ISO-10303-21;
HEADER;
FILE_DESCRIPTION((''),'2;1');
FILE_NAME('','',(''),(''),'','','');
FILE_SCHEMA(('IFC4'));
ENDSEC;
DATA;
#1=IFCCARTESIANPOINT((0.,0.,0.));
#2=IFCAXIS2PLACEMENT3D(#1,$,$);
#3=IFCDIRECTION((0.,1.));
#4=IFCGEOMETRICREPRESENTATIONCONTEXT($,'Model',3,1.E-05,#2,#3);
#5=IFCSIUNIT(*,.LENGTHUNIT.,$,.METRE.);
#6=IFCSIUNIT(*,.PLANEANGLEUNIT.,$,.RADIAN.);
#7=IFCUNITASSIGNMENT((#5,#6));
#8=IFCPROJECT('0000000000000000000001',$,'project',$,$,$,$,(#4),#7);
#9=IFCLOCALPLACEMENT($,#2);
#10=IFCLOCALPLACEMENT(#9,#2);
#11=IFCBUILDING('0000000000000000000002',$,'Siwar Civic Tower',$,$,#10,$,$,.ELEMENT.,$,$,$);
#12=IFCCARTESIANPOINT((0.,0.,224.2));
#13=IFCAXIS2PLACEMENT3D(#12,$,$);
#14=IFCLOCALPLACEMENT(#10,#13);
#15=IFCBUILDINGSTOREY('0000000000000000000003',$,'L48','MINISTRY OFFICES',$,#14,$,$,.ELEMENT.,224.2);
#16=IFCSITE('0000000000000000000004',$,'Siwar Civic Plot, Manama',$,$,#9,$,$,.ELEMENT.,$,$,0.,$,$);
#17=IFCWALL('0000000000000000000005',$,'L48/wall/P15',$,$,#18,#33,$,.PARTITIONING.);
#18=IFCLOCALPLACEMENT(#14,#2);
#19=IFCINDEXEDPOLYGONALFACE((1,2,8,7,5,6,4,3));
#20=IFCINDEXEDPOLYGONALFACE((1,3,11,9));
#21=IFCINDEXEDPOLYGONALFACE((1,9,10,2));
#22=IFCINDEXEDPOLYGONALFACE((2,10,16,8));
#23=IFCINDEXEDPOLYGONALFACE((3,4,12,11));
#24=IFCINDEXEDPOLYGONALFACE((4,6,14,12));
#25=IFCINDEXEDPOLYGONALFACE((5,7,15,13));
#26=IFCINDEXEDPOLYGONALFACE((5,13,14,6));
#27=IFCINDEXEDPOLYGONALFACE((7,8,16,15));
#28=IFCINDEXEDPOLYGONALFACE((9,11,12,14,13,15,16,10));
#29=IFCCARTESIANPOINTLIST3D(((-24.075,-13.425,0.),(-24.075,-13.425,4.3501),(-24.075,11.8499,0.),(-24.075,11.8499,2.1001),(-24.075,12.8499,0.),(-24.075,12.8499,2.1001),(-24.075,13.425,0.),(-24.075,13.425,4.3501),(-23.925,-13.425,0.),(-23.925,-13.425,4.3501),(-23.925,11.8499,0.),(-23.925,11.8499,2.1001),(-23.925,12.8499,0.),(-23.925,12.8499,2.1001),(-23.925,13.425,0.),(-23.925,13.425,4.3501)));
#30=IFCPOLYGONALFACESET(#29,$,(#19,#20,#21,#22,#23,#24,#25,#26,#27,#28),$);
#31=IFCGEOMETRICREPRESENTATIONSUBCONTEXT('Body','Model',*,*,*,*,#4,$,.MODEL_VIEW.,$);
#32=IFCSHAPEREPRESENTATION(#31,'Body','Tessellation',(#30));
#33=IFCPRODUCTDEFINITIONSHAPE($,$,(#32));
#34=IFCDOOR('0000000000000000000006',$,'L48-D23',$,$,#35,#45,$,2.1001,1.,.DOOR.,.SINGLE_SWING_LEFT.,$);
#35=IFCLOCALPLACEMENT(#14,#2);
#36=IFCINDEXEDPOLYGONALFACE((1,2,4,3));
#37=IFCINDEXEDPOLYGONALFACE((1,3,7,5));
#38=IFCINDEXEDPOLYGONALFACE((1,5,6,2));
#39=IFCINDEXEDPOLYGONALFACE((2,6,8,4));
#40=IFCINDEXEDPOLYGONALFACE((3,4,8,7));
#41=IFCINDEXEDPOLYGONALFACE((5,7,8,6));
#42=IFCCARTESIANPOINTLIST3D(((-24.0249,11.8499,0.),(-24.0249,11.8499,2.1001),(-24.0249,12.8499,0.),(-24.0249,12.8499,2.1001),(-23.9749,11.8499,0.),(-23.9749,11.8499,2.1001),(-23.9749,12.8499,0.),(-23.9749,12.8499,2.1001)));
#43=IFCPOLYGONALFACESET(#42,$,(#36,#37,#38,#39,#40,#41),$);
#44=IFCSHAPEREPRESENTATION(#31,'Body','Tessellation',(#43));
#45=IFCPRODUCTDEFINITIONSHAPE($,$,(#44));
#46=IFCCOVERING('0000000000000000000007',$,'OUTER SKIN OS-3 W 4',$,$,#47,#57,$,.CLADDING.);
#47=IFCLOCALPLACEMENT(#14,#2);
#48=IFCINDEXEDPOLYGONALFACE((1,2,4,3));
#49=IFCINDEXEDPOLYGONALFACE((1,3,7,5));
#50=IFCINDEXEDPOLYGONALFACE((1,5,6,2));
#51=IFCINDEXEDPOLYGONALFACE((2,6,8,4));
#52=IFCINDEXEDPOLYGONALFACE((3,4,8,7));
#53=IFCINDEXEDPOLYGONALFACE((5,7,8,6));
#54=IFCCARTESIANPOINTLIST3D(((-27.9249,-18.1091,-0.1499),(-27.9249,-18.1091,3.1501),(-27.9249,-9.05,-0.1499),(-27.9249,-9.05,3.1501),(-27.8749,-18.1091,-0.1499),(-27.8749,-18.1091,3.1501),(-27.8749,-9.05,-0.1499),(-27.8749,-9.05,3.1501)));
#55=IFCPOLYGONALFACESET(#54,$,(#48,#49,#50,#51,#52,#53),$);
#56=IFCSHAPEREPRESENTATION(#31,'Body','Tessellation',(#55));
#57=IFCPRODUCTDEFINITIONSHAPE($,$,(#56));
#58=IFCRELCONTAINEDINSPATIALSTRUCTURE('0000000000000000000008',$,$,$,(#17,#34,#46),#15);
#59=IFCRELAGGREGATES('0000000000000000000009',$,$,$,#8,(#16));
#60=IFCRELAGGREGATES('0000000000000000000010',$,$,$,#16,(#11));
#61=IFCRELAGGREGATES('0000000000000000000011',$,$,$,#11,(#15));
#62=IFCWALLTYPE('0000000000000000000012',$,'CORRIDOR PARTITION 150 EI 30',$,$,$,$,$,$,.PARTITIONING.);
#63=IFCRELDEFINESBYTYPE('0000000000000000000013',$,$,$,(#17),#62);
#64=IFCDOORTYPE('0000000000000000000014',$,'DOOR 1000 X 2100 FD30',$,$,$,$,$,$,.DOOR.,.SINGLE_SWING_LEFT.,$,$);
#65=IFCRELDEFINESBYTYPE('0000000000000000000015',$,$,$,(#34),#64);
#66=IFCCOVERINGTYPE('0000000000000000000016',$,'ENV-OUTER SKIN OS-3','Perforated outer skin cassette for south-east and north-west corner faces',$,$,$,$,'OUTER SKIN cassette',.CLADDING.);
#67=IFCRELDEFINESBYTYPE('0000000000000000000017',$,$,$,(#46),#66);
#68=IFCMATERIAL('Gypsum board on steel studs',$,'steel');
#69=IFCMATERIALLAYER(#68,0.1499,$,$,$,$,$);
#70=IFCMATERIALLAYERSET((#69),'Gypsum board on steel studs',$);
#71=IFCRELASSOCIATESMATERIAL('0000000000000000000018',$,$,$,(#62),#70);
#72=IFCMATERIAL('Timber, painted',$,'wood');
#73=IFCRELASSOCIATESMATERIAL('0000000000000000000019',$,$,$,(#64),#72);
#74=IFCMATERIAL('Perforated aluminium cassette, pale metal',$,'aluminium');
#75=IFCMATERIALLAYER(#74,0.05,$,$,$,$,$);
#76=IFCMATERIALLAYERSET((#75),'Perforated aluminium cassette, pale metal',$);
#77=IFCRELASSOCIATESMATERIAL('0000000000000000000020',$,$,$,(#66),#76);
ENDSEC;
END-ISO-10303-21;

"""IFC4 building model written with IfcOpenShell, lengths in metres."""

from ifc_helpers import new_model, si_unit, direction, frame, frame_2d, origin, origin_2d, place, context, subcontext, project, spatial, rectangle, extrude, material, layer, layer_set, type_object, element, fill, save


model = new_model("IFC4")

# Units and contexts
model_context = context("Model", 3, precision=1e-05, world=origin(), true_north=direction((0.0, 1.0)))
body_context = subcontext(model_context, "Body", "Model", "MODEL_VIEW")
ifc_project = project(units=[si_unit("LENGTHUNIT", "METRE"), si_unit("PLANEANGLEUNIT", "RADIAN")], contexts=[model_context])

# Site, building, storey
site_placement = place(None, origin())
site = spatial("IfcSite", under=ifc_project, at=site_placement, Name="Siwar Civic Plot, Manama", CompositionType="ELEMENT", RefElevation=0.0)
building_placement = place(site_placement, origin())
building = spatial("IfcBuilding", under=site, at=building_placement, Name="Siwar Civic Tower", CompositionType="ELEMENT")
storey_placement = place(building_placement, frame((0.0, 0.0, 224.2)))
storey = spatial("IfcBuildingStorey", under=building, at=storey_placement, Name="L48", Description="MINISTRY OFFICES", CompositionType="ELEMENT", Elevation=224.2)

# Shared definitions
ifc_material_1 = material(Name="Gypsum board on steel studs", Category="steel")
ifc_layer_1 = layer(ifc_material_1, 0.1499)
ifc_layer_set_1 = layer_set([ifc_layer_1], Name="Gypsum board on steel studs")
wall_type_1 = type_object("IfcWallType", Name="CORRIDOR PARTITION 150 EI 30", PredefinedType="PARTITIONING", material=ifc_layer_set_1)
ifc_material_2 = material(Name="Timber, painted", Category="wood")
door_type_1 = type_object("IfcDoorType", Name="DOOR 1000 X 2100 FD30", OperationType="SINGLE_SWING_LEFT", PredefinedType="DOOR", material=ifc_material_2)

# Wall, opening, door
wall_1_placement = place(storey_placement, frame((-24.0, -13.425, 0.0), z_axis=(0.0, 0.0, 1.0), x_axis=(0.0, 1.0, 0.0)))
wall_1 = element("IfcWall", 1, at=wall_1_placement, inside=storey, type_object=wall_type_1, Name="L48/wall/P15", PredefinedType="PARTITIONING", context=body_context, shape_type="SweptSolid", body=[
    extrude(rectangle(XDim=26.8501, YDim=0.1499, at=frame_2d((13.425, 0.0))), origin(), (0.0, 0.0, 1.0), 4.3501),
])
opening_1_placement = place(wall_1_placement, frame((25.2749, 0.0, 0.0)))
opening_1 = element("IfcOpeningElement", 2, at=opening_1_placement, cuts=wall_1, PredefinedType="OPENING", context=body_context, shape_type="SweptSolid", body=[
    extrude(rectangle(XDim=1.0, YDim=2.1001, at=frame_2d((0.5, 1.05))), frame((0.0, 0.085, 0.0), z_axis=(0.0, -1.0, 0.0), x_axis=(1.0, 0.0, 0.0)), (0.0, 0.0, 1.0), 0.1699),
])
door_1_placement = place(opening_1_placement, origin())
door_1 = element("IfcDoor", 3, at=door_1_placement, inside=storey, type_object=door_type_1, Name="L48-D23", OperationType="SINGLE_SWING_LEFT", OverallHeight=2.1001, OverallWidth=1.0, PredefinedType="DOOR", context=body_context, shape_type="SweptSolid", body=[
    extrude(rectangle(XDim=1.0, YDim=2.1001, at=frame_2d((0.5, 1.05))), frame((0.0, 0.0249, 0.0), z_axis=(0.0, -1.0, 0.0), x_axis=(1.0, 0.0, 0.0)), (0.0, 0.0, 1.0), 0.05),
])
fill(opening_1, door_1)

# Covering
ifc_material_3 = material(Name="Perforated aluminium cassette, pale metal", Category="aluminium")
ifc_layer_2 = layer(ifc_material_3, 0.05)
ifc_layer_set_2 = layer_set([ifc_layer_2], Name="Perforated aluminium cassette, pale metal")
covering_type = type_object("IfcCoveringType", Name="ENV-OUTER SKIN OS-3", Description="Perforated outer skin cassette for south-east and north-west corner faces", ElementType="OUTER SKIN cassette", PredefinedType="CLADDING", material=ifc_layer_set_2)
covering_placement = place(storey_placement, frame((-27.8999, -13.5796, -0.1499), z_axis=(0.0, 0.0, 1.0), x_axis=(0.0, -1.0, 0.0)))
element("IfcCovering", 4, at=covering_placement, inside=storey, type_object=covering_type, Name="OUTER SKIN OS-3 W 4", PredefinedType="CLADDING", context=body_context, shape_type="SweptSolid", body=[
    extrude(rectangle(XDim=9.0591, YDim=0.05, at=origin_2d()), origin(), (0.0, 0.0, 1.0), 3.3),
])

save(model, "model.ifc")
